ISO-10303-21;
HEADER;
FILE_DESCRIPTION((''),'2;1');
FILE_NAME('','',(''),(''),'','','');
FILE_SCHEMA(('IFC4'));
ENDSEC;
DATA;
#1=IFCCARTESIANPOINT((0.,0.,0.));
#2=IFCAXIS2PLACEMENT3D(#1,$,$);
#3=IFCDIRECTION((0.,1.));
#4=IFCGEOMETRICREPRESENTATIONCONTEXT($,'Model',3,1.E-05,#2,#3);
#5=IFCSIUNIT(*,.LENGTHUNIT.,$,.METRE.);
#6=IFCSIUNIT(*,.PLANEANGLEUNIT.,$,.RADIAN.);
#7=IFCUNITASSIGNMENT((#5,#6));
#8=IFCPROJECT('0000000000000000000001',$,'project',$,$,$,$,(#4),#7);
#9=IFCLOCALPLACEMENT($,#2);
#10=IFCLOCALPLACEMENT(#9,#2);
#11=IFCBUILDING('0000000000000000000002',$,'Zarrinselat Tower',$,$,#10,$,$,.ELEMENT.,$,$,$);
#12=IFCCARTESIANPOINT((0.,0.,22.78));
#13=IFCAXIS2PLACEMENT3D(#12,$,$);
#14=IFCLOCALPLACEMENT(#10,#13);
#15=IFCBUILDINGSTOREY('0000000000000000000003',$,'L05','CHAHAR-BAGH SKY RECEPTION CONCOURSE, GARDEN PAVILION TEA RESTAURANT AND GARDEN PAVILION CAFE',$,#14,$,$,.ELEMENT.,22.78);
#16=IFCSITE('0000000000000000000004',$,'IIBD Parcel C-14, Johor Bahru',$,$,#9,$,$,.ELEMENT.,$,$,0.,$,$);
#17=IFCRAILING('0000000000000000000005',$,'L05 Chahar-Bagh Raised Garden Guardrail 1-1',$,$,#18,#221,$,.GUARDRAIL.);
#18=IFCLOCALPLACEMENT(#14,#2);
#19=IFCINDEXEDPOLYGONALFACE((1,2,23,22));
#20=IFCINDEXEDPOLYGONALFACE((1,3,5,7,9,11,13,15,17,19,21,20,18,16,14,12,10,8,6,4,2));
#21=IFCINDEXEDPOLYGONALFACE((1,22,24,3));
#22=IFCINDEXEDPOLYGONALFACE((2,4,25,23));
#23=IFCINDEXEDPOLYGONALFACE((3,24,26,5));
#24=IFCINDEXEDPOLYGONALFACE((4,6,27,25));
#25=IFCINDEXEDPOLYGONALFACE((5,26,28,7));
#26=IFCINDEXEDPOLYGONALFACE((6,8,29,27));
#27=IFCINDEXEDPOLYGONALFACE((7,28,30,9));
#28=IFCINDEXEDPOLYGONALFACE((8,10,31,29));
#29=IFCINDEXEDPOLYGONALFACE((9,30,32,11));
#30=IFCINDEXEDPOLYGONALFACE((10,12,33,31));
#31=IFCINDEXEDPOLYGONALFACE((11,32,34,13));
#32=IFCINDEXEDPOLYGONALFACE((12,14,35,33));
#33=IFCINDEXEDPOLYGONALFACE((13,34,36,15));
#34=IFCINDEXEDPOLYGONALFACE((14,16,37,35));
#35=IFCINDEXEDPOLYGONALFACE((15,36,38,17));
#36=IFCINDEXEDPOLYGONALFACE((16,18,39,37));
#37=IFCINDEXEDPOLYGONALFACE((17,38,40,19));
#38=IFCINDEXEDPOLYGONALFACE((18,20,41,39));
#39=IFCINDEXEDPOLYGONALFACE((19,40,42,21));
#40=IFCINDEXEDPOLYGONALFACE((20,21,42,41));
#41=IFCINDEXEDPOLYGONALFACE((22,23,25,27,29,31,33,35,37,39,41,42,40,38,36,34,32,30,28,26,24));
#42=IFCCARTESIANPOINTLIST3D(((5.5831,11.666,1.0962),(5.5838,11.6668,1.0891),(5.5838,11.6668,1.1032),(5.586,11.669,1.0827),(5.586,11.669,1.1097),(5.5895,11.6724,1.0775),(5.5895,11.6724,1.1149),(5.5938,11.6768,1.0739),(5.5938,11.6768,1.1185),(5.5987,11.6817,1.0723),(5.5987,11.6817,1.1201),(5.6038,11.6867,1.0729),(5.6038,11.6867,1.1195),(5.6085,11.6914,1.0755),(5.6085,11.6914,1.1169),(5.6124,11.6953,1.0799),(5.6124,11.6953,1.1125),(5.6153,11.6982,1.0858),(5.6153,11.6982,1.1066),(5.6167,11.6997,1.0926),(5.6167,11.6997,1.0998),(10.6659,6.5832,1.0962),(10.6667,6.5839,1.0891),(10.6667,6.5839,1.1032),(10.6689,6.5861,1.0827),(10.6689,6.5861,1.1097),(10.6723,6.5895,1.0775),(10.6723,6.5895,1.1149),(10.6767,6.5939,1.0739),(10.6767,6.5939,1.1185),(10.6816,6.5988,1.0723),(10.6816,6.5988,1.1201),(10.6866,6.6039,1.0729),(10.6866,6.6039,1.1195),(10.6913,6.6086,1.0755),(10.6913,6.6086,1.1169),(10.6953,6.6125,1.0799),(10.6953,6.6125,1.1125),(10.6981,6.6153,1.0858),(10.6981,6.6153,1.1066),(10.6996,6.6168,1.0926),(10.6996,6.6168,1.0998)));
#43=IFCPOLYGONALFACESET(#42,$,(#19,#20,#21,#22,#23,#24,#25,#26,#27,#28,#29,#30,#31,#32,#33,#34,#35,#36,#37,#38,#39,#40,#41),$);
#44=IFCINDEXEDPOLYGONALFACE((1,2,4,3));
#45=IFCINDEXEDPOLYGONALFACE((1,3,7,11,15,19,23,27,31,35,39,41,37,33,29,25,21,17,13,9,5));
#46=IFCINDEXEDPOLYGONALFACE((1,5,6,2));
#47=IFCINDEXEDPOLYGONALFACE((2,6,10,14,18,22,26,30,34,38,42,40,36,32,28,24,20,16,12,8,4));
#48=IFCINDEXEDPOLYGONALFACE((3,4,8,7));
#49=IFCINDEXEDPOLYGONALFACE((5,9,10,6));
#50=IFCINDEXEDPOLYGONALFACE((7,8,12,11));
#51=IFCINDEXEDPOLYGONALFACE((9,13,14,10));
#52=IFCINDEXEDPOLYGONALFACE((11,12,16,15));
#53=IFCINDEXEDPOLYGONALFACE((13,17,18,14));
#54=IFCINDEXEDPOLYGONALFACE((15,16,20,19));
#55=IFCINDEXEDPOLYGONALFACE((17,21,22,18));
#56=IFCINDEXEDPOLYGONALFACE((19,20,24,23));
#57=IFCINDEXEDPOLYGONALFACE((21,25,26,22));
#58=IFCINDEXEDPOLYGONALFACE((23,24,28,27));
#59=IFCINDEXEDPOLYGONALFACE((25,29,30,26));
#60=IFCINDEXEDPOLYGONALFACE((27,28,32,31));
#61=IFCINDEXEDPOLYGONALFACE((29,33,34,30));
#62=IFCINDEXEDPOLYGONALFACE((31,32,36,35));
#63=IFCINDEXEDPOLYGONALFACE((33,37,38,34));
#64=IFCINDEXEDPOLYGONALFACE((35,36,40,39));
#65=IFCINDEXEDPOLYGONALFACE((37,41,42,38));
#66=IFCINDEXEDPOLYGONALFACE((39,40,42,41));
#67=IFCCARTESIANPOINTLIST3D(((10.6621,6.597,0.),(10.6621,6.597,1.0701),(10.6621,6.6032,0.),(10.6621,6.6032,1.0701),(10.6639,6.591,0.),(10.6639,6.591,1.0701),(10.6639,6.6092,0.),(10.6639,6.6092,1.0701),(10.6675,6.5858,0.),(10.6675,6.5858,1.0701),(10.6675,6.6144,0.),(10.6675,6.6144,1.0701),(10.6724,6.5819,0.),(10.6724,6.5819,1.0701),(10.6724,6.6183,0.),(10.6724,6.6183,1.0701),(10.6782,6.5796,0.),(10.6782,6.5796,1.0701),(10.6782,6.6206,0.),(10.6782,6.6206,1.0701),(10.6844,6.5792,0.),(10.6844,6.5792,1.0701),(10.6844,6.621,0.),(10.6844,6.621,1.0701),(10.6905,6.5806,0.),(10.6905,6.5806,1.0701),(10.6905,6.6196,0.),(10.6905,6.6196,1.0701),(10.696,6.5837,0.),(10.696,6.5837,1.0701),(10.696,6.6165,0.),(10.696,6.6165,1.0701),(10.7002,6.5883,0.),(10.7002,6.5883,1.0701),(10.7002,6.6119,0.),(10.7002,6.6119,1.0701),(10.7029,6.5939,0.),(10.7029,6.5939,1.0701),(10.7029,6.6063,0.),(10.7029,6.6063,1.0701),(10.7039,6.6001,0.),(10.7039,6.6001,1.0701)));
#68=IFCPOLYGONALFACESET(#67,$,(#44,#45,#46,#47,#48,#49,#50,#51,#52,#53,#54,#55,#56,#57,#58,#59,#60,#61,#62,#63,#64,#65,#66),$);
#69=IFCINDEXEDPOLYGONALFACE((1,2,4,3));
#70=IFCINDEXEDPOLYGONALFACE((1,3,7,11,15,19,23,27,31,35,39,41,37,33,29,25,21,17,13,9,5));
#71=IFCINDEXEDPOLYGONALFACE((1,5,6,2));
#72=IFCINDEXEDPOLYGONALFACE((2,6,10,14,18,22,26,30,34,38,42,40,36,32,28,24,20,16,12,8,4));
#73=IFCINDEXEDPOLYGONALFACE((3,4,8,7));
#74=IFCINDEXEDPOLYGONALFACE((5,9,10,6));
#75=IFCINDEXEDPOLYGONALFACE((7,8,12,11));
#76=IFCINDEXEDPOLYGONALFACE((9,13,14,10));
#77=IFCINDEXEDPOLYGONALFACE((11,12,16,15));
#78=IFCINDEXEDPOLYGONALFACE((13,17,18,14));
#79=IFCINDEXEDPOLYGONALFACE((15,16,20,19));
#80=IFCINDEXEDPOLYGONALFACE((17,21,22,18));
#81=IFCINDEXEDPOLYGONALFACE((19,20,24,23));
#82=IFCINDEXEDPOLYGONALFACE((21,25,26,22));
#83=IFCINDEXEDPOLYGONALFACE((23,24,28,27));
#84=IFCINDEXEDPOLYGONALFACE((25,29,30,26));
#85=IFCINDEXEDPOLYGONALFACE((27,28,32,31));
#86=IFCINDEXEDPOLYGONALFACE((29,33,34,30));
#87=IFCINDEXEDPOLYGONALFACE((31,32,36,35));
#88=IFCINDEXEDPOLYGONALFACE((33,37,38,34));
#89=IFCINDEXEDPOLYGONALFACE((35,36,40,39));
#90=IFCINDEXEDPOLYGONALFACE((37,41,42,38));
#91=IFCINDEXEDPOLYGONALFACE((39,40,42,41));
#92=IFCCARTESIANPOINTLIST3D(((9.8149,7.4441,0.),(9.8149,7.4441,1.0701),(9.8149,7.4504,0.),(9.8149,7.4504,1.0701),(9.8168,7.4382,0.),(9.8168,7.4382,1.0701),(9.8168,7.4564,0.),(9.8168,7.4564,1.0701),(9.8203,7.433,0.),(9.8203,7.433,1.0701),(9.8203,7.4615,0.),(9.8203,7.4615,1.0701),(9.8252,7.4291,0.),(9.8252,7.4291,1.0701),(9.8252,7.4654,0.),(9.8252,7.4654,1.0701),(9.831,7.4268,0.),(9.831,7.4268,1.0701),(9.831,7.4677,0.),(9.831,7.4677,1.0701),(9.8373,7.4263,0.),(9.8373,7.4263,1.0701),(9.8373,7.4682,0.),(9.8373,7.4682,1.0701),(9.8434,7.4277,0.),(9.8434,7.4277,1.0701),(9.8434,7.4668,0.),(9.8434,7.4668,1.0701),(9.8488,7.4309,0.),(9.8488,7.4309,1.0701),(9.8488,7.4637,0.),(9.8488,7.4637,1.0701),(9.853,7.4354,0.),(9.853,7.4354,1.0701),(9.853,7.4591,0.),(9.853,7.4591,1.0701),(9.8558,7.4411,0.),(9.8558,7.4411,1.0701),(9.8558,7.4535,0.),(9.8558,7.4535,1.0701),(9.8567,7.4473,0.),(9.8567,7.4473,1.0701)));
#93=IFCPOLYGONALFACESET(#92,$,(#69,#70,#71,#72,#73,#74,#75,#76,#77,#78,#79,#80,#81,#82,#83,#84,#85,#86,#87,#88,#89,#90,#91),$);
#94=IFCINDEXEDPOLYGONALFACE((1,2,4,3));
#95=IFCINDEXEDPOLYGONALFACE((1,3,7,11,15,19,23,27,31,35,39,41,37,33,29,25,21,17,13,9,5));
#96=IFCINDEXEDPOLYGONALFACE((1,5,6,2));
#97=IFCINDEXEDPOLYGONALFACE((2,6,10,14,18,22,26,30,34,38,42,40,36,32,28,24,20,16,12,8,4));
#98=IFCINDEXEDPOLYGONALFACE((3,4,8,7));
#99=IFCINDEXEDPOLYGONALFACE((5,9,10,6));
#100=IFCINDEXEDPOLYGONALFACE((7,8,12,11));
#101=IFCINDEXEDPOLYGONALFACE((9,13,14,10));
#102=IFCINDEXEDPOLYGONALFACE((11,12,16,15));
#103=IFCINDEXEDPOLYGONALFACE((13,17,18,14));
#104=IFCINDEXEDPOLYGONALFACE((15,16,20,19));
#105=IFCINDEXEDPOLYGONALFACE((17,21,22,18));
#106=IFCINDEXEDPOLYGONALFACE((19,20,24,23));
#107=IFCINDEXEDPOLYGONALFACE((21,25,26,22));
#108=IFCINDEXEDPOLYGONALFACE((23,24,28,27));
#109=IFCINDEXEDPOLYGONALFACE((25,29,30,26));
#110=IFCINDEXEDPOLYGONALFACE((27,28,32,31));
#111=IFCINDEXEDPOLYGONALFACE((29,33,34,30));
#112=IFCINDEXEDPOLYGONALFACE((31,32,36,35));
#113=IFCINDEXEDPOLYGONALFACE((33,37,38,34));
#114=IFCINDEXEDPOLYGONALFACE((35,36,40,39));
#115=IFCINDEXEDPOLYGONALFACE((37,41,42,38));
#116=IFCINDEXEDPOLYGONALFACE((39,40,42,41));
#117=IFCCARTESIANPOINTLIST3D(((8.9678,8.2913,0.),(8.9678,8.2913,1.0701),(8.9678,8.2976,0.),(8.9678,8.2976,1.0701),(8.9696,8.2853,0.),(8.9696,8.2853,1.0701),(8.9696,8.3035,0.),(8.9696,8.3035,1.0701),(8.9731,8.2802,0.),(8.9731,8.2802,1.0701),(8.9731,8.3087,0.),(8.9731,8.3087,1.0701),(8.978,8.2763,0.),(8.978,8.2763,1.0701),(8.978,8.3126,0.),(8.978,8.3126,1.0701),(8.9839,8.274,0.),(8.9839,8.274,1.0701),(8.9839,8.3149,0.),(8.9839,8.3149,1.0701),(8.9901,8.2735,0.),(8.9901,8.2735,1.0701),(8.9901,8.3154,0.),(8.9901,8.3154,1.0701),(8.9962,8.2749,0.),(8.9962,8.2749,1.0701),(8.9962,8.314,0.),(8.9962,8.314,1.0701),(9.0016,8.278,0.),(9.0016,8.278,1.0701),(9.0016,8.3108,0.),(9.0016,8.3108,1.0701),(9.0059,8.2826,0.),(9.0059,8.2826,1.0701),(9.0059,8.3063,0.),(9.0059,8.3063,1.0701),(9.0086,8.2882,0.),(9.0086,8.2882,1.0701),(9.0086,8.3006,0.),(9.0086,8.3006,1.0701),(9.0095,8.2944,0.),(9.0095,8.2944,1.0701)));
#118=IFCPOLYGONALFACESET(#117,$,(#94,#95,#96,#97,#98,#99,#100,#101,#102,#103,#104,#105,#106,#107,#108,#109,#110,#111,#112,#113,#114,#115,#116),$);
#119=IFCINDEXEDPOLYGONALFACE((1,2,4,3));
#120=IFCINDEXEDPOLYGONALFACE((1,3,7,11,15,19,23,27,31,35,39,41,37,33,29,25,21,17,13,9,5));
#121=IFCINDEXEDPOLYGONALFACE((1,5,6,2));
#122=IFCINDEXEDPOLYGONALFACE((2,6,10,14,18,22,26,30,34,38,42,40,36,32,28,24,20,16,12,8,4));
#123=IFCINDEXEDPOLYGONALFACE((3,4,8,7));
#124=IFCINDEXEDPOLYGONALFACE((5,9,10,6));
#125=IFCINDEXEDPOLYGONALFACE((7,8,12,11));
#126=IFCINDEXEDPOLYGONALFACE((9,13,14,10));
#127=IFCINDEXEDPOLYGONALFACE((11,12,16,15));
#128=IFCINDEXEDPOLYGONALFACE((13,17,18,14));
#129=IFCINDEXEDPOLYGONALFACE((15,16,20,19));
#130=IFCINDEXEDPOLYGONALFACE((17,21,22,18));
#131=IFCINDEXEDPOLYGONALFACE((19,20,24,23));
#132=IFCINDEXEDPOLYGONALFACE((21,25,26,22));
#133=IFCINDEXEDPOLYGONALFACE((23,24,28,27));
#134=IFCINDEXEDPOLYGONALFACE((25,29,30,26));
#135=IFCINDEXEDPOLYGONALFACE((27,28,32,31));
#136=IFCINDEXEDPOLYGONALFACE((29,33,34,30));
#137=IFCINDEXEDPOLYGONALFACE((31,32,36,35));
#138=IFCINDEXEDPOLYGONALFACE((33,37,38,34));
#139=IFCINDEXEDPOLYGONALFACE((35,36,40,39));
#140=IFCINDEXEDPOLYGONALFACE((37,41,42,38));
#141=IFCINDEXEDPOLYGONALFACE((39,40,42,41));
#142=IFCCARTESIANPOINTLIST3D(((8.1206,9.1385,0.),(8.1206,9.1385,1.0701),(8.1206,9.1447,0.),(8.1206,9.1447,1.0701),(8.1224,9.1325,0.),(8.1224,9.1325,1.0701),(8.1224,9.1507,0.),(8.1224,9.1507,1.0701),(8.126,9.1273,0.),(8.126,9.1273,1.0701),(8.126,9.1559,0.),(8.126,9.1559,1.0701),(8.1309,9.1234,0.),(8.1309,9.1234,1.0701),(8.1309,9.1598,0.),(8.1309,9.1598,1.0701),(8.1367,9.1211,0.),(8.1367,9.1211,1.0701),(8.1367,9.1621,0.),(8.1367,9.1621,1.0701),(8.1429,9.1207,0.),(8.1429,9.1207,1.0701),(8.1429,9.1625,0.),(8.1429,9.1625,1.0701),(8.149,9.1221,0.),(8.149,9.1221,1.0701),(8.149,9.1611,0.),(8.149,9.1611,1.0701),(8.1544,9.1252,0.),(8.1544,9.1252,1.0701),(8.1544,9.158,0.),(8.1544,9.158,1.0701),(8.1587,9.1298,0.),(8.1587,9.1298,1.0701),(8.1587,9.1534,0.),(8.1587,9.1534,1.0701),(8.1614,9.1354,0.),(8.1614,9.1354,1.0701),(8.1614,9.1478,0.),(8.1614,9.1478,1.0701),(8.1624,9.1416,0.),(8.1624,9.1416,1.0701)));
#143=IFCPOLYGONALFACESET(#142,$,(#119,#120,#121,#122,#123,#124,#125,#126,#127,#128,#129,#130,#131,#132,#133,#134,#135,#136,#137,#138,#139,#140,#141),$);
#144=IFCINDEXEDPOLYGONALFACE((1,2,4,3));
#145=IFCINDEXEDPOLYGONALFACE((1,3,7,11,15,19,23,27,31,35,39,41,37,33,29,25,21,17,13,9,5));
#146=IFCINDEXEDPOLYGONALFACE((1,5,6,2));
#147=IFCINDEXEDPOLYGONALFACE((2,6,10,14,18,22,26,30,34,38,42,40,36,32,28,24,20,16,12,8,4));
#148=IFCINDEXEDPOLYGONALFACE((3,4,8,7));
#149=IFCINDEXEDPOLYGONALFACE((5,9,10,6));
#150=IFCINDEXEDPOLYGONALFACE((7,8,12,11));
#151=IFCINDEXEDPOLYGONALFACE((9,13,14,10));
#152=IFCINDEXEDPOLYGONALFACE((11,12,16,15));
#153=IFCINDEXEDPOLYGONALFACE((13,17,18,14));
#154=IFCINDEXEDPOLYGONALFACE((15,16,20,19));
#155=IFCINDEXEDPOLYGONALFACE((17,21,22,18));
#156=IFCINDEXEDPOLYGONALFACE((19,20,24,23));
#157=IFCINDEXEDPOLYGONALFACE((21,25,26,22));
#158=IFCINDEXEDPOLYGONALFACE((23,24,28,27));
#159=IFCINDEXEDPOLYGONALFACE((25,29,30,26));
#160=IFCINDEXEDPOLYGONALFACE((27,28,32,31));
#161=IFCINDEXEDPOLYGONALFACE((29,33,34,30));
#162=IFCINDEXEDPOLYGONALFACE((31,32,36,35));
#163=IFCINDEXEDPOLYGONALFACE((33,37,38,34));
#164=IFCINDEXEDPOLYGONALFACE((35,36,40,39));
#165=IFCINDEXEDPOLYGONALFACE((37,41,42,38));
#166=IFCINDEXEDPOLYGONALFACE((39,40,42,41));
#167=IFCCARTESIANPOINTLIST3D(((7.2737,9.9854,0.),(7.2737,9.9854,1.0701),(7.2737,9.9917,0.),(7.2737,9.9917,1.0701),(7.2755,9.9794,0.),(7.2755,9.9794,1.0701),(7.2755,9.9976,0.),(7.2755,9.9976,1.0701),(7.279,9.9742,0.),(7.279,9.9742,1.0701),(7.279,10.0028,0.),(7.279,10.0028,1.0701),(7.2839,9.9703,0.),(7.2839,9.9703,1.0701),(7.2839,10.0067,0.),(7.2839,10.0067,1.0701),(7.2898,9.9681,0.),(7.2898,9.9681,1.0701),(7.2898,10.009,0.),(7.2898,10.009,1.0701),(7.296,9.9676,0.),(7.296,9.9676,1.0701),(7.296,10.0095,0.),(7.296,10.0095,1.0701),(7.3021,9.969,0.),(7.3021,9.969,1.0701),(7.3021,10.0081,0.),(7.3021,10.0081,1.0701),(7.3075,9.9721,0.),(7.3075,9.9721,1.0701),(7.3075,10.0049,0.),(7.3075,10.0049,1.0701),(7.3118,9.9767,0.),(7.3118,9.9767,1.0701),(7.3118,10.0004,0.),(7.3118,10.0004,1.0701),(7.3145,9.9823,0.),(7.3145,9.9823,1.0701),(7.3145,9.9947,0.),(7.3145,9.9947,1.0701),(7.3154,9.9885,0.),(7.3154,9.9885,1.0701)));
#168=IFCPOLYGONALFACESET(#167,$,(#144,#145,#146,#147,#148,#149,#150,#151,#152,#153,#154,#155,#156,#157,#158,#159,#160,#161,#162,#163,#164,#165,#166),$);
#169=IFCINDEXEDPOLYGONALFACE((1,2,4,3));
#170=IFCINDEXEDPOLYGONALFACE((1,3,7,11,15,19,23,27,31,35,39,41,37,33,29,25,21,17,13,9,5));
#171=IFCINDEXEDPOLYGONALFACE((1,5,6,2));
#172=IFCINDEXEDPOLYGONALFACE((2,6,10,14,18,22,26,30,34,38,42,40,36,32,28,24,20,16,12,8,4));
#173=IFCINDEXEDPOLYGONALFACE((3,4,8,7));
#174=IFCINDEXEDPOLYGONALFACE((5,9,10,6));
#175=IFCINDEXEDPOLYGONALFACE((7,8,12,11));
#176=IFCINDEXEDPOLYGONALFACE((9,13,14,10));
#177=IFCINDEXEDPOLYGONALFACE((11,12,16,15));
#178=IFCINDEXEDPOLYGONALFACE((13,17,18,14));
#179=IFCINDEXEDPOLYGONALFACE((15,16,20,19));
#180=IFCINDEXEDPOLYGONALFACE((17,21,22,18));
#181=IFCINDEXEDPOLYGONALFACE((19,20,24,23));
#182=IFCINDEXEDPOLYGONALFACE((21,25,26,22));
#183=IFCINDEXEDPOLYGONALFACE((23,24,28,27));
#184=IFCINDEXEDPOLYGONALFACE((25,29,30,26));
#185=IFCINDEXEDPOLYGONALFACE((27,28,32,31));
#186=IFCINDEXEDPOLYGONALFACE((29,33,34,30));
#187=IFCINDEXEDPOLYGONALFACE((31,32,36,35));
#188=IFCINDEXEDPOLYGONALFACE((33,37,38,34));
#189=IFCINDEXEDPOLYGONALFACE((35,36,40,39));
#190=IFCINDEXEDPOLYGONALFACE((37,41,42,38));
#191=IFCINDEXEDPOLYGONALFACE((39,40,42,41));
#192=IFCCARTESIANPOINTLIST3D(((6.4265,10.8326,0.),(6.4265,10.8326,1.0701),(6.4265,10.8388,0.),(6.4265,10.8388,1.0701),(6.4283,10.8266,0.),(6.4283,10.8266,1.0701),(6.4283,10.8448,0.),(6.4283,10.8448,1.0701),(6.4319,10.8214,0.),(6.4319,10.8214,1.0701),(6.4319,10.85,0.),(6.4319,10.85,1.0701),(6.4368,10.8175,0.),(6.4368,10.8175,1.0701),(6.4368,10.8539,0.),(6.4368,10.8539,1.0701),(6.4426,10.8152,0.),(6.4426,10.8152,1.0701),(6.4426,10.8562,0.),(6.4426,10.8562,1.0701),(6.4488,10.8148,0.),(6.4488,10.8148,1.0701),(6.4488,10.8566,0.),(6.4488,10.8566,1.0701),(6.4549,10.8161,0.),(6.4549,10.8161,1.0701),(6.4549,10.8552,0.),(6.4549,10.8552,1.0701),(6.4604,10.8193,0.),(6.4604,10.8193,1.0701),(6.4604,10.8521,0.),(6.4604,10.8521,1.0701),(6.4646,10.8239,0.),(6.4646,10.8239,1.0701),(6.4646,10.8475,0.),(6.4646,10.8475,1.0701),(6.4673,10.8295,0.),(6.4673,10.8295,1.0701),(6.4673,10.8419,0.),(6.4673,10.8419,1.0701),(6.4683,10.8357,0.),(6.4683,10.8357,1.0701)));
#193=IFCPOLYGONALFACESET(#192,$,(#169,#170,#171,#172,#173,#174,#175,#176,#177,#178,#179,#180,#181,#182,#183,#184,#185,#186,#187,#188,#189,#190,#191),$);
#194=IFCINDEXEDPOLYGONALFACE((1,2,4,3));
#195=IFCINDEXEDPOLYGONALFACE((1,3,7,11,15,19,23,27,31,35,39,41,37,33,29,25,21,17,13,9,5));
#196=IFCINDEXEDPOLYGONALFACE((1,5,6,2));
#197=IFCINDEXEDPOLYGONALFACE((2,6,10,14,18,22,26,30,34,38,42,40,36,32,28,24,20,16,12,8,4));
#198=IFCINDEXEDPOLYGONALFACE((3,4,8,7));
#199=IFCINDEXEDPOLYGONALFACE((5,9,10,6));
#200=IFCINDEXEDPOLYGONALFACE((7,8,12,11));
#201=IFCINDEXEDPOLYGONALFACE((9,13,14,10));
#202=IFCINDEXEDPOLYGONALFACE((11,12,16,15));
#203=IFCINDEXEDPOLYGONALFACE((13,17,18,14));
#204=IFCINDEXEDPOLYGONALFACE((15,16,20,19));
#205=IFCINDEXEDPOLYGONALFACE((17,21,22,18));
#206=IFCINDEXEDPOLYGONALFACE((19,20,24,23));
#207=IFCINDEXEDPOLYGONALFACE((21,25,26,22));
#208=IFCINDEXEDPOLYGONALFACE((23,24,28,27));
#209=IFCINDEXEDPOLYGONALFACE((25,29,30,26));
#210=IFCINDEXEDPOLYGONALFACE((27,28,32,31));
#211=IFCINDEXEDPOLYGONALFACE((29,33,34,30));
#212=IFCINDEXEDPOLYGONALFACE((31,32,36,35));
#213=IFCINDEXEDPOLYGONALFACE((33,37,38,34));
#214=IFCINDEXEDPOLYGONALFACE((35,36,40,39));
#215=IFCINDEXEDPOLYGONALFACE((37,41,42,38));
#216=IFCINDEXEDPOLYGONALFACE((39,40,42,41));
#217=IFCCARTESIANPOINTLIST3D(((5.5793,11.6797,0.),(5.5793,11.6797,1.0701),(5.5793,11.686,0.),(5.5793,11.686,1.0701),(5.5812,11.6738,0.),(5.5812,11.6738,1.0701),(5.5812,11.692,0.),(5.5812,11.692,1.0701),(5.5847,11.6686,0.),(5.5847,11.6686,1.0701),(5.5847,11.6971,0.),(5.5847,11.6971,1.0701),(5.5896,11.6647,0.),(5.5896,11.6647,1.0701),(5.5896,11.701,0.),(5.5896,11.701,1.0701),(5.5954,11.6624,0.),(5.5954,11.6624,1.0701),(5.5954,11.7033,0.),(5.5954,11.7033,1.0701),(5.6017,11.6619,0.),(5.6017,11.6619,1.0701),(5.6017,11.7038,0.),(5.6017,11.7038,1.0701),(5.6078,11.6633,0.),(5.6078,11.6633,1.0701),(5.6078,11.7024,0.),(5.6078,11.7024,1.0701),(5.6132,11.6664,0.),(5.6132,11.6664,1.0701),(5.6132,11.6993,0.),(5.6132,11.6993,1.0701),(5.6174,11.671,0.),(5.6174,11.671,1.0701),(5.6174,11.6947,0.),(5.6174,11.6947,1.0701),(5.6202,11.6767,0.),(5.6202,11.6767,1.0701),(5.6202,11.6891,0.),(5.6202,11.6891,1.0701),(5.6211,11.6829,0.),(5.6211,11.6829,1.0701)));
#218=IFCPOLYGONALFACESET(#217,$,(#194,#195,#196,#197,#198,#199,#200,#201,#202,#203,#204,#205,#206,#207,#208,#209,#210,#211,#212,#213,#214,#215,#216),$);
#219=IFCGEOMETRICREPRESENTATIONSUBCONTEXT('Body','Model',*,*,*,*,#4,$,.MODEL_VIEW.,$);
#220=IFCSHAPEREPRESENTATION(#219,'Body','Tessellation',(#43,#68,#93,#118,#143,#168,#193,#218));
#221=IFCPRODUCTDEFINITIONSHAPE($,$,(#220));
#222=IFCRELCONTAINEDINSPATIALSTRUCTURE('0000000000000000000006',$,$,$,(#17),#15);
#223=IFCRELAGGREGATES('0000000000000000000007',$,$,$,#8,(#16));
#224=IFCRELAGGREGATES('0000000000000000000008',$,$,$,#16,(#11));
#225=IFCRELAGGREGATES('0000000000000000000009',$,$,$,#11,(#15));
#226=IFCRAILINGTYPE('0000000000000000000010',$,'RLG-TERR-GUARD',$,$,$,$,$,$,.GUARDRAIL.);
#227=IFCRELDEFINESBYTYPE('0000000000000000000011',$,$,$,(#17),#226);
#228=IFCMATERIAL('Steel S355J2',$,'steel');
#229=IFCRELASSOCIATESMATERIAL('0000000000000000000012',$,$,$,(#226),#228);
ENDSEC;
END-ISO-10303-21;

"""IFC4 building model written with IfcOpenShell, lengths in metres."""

from ifc_helpers import new_model, si_unit, direction, frame, origin, origin_2d, place, context, subcontext, project, spatial, circle, extrude, material, type_object, element, save


model = new_model("IFC4")

# Units and contexts
model_context = context("Model", 3, precision=1e-05, world=origin(), true_north=direction((0.0, 1.0)))
body_context = subcontext(model_context, "Body", "Model", "MODEL_VIEW")
ifc_project = project(units=[si_unit("LENGTHUNIT", "METRE"), si_unit("PLANEANGLEUNIT", "RADIAN")], contexts=[model_context])

# Site, building, storey
site_placement = place(None, origin())
site = spatial("IfcSite", under=ifc_project, at=site_placement, Name="IIBD Parcel C-14, Johor Bahru", CompositionType="ELEMENT", RefElevation=0.0)
building_placement = place(site_placement, origin())
building = spatial("IfcBuilding", under=site, at=building_placement, Name="Zarrinselat Tower", CompositionType="ELEMENT")
storey_placement = place(building_placement, frame((0.0, 0.0, 22.78)))
storey = spatial("IfcBuildingStorey", under=building, at=storey_placement, Name="L05", Description="CHAHAR-BAGH SKY RECEPTION CONCOURSE, GARDEN PAVILION TEA RESTAURANT AND GARDEN PAVILION CAFE", CompositionType="ELEMENT", Elevation=22.78)

# Railing
ifc_material_1 = material(Name="Steel S355J2", Category="steel")
railing_type = type_object("IfcRailingType", Name="RLG-TERR-GUARD", PredefinedType="GUARDRAIL", material=ifc_material_1)
railing_1_placement = place(storey_placement, frame((10.6829, 6.6001, 0.0)))
element("IfcRailing", 1, at=railing_1_placement, inside=storey, type_object=railing_type, Name="L05 Chahar-Bagh Raised Garden Guardrail 1-1", PredefinedType="GUARDRAIL", context=body_context, shape_type="SweptSolid", body=[
    extrude(circle(Radius=0.0239, at=origin_2d()), frame((0.0, 0.0, 1.0962), z_axis=(-0.707107, 0.707107, 0.0), x_axis=(-0.707107, -0.707107, 0.0)), (0.0, 0.0, 1.0), 7.1882),
    extrude(circle(Radius=0.021, at=origin_2d()), origin(), (0.0, 0.0, 1.0), 1.0701),
    extrude(circle(Radius=0.021, at=origin_2d()), frame((-0.8472, 0.8472, 0.0)), (0.0, 0.0, 1.0), 1.0701),
    extrude(circle(Radius=0.021, at=origin_2d()), frame((-1.6943, 1.6943, 0.0)), (0.0, 0.0, 1.0), 1.0701),
    extrude(circle(Radius=0.021, at=origin_2d()), frame((-2.5415, 2.5415, 0.0)), (0.0, 0.0, 1.0), 1.0701),
    extrude(circle(Radius=0.021, at=origin_2d()), frame((-3.3884, 3.3884, 0.0)), (0.0, 0.0, 1.0), 1.0701),
    extrude(circle(Radius=0.021, at=origin_2d()), frame((-4.2356, 4.2356, 0.0)), (0.0, 0.0, 1.0), 1.0701),
    extrude(circle(Radius=0.021, at=origin_2d()), frame((-5.0828, 5.0828, 0.0)), (0.0, 0.0, 1.0), 1.0701),
])

save(model, "model.ifc")
